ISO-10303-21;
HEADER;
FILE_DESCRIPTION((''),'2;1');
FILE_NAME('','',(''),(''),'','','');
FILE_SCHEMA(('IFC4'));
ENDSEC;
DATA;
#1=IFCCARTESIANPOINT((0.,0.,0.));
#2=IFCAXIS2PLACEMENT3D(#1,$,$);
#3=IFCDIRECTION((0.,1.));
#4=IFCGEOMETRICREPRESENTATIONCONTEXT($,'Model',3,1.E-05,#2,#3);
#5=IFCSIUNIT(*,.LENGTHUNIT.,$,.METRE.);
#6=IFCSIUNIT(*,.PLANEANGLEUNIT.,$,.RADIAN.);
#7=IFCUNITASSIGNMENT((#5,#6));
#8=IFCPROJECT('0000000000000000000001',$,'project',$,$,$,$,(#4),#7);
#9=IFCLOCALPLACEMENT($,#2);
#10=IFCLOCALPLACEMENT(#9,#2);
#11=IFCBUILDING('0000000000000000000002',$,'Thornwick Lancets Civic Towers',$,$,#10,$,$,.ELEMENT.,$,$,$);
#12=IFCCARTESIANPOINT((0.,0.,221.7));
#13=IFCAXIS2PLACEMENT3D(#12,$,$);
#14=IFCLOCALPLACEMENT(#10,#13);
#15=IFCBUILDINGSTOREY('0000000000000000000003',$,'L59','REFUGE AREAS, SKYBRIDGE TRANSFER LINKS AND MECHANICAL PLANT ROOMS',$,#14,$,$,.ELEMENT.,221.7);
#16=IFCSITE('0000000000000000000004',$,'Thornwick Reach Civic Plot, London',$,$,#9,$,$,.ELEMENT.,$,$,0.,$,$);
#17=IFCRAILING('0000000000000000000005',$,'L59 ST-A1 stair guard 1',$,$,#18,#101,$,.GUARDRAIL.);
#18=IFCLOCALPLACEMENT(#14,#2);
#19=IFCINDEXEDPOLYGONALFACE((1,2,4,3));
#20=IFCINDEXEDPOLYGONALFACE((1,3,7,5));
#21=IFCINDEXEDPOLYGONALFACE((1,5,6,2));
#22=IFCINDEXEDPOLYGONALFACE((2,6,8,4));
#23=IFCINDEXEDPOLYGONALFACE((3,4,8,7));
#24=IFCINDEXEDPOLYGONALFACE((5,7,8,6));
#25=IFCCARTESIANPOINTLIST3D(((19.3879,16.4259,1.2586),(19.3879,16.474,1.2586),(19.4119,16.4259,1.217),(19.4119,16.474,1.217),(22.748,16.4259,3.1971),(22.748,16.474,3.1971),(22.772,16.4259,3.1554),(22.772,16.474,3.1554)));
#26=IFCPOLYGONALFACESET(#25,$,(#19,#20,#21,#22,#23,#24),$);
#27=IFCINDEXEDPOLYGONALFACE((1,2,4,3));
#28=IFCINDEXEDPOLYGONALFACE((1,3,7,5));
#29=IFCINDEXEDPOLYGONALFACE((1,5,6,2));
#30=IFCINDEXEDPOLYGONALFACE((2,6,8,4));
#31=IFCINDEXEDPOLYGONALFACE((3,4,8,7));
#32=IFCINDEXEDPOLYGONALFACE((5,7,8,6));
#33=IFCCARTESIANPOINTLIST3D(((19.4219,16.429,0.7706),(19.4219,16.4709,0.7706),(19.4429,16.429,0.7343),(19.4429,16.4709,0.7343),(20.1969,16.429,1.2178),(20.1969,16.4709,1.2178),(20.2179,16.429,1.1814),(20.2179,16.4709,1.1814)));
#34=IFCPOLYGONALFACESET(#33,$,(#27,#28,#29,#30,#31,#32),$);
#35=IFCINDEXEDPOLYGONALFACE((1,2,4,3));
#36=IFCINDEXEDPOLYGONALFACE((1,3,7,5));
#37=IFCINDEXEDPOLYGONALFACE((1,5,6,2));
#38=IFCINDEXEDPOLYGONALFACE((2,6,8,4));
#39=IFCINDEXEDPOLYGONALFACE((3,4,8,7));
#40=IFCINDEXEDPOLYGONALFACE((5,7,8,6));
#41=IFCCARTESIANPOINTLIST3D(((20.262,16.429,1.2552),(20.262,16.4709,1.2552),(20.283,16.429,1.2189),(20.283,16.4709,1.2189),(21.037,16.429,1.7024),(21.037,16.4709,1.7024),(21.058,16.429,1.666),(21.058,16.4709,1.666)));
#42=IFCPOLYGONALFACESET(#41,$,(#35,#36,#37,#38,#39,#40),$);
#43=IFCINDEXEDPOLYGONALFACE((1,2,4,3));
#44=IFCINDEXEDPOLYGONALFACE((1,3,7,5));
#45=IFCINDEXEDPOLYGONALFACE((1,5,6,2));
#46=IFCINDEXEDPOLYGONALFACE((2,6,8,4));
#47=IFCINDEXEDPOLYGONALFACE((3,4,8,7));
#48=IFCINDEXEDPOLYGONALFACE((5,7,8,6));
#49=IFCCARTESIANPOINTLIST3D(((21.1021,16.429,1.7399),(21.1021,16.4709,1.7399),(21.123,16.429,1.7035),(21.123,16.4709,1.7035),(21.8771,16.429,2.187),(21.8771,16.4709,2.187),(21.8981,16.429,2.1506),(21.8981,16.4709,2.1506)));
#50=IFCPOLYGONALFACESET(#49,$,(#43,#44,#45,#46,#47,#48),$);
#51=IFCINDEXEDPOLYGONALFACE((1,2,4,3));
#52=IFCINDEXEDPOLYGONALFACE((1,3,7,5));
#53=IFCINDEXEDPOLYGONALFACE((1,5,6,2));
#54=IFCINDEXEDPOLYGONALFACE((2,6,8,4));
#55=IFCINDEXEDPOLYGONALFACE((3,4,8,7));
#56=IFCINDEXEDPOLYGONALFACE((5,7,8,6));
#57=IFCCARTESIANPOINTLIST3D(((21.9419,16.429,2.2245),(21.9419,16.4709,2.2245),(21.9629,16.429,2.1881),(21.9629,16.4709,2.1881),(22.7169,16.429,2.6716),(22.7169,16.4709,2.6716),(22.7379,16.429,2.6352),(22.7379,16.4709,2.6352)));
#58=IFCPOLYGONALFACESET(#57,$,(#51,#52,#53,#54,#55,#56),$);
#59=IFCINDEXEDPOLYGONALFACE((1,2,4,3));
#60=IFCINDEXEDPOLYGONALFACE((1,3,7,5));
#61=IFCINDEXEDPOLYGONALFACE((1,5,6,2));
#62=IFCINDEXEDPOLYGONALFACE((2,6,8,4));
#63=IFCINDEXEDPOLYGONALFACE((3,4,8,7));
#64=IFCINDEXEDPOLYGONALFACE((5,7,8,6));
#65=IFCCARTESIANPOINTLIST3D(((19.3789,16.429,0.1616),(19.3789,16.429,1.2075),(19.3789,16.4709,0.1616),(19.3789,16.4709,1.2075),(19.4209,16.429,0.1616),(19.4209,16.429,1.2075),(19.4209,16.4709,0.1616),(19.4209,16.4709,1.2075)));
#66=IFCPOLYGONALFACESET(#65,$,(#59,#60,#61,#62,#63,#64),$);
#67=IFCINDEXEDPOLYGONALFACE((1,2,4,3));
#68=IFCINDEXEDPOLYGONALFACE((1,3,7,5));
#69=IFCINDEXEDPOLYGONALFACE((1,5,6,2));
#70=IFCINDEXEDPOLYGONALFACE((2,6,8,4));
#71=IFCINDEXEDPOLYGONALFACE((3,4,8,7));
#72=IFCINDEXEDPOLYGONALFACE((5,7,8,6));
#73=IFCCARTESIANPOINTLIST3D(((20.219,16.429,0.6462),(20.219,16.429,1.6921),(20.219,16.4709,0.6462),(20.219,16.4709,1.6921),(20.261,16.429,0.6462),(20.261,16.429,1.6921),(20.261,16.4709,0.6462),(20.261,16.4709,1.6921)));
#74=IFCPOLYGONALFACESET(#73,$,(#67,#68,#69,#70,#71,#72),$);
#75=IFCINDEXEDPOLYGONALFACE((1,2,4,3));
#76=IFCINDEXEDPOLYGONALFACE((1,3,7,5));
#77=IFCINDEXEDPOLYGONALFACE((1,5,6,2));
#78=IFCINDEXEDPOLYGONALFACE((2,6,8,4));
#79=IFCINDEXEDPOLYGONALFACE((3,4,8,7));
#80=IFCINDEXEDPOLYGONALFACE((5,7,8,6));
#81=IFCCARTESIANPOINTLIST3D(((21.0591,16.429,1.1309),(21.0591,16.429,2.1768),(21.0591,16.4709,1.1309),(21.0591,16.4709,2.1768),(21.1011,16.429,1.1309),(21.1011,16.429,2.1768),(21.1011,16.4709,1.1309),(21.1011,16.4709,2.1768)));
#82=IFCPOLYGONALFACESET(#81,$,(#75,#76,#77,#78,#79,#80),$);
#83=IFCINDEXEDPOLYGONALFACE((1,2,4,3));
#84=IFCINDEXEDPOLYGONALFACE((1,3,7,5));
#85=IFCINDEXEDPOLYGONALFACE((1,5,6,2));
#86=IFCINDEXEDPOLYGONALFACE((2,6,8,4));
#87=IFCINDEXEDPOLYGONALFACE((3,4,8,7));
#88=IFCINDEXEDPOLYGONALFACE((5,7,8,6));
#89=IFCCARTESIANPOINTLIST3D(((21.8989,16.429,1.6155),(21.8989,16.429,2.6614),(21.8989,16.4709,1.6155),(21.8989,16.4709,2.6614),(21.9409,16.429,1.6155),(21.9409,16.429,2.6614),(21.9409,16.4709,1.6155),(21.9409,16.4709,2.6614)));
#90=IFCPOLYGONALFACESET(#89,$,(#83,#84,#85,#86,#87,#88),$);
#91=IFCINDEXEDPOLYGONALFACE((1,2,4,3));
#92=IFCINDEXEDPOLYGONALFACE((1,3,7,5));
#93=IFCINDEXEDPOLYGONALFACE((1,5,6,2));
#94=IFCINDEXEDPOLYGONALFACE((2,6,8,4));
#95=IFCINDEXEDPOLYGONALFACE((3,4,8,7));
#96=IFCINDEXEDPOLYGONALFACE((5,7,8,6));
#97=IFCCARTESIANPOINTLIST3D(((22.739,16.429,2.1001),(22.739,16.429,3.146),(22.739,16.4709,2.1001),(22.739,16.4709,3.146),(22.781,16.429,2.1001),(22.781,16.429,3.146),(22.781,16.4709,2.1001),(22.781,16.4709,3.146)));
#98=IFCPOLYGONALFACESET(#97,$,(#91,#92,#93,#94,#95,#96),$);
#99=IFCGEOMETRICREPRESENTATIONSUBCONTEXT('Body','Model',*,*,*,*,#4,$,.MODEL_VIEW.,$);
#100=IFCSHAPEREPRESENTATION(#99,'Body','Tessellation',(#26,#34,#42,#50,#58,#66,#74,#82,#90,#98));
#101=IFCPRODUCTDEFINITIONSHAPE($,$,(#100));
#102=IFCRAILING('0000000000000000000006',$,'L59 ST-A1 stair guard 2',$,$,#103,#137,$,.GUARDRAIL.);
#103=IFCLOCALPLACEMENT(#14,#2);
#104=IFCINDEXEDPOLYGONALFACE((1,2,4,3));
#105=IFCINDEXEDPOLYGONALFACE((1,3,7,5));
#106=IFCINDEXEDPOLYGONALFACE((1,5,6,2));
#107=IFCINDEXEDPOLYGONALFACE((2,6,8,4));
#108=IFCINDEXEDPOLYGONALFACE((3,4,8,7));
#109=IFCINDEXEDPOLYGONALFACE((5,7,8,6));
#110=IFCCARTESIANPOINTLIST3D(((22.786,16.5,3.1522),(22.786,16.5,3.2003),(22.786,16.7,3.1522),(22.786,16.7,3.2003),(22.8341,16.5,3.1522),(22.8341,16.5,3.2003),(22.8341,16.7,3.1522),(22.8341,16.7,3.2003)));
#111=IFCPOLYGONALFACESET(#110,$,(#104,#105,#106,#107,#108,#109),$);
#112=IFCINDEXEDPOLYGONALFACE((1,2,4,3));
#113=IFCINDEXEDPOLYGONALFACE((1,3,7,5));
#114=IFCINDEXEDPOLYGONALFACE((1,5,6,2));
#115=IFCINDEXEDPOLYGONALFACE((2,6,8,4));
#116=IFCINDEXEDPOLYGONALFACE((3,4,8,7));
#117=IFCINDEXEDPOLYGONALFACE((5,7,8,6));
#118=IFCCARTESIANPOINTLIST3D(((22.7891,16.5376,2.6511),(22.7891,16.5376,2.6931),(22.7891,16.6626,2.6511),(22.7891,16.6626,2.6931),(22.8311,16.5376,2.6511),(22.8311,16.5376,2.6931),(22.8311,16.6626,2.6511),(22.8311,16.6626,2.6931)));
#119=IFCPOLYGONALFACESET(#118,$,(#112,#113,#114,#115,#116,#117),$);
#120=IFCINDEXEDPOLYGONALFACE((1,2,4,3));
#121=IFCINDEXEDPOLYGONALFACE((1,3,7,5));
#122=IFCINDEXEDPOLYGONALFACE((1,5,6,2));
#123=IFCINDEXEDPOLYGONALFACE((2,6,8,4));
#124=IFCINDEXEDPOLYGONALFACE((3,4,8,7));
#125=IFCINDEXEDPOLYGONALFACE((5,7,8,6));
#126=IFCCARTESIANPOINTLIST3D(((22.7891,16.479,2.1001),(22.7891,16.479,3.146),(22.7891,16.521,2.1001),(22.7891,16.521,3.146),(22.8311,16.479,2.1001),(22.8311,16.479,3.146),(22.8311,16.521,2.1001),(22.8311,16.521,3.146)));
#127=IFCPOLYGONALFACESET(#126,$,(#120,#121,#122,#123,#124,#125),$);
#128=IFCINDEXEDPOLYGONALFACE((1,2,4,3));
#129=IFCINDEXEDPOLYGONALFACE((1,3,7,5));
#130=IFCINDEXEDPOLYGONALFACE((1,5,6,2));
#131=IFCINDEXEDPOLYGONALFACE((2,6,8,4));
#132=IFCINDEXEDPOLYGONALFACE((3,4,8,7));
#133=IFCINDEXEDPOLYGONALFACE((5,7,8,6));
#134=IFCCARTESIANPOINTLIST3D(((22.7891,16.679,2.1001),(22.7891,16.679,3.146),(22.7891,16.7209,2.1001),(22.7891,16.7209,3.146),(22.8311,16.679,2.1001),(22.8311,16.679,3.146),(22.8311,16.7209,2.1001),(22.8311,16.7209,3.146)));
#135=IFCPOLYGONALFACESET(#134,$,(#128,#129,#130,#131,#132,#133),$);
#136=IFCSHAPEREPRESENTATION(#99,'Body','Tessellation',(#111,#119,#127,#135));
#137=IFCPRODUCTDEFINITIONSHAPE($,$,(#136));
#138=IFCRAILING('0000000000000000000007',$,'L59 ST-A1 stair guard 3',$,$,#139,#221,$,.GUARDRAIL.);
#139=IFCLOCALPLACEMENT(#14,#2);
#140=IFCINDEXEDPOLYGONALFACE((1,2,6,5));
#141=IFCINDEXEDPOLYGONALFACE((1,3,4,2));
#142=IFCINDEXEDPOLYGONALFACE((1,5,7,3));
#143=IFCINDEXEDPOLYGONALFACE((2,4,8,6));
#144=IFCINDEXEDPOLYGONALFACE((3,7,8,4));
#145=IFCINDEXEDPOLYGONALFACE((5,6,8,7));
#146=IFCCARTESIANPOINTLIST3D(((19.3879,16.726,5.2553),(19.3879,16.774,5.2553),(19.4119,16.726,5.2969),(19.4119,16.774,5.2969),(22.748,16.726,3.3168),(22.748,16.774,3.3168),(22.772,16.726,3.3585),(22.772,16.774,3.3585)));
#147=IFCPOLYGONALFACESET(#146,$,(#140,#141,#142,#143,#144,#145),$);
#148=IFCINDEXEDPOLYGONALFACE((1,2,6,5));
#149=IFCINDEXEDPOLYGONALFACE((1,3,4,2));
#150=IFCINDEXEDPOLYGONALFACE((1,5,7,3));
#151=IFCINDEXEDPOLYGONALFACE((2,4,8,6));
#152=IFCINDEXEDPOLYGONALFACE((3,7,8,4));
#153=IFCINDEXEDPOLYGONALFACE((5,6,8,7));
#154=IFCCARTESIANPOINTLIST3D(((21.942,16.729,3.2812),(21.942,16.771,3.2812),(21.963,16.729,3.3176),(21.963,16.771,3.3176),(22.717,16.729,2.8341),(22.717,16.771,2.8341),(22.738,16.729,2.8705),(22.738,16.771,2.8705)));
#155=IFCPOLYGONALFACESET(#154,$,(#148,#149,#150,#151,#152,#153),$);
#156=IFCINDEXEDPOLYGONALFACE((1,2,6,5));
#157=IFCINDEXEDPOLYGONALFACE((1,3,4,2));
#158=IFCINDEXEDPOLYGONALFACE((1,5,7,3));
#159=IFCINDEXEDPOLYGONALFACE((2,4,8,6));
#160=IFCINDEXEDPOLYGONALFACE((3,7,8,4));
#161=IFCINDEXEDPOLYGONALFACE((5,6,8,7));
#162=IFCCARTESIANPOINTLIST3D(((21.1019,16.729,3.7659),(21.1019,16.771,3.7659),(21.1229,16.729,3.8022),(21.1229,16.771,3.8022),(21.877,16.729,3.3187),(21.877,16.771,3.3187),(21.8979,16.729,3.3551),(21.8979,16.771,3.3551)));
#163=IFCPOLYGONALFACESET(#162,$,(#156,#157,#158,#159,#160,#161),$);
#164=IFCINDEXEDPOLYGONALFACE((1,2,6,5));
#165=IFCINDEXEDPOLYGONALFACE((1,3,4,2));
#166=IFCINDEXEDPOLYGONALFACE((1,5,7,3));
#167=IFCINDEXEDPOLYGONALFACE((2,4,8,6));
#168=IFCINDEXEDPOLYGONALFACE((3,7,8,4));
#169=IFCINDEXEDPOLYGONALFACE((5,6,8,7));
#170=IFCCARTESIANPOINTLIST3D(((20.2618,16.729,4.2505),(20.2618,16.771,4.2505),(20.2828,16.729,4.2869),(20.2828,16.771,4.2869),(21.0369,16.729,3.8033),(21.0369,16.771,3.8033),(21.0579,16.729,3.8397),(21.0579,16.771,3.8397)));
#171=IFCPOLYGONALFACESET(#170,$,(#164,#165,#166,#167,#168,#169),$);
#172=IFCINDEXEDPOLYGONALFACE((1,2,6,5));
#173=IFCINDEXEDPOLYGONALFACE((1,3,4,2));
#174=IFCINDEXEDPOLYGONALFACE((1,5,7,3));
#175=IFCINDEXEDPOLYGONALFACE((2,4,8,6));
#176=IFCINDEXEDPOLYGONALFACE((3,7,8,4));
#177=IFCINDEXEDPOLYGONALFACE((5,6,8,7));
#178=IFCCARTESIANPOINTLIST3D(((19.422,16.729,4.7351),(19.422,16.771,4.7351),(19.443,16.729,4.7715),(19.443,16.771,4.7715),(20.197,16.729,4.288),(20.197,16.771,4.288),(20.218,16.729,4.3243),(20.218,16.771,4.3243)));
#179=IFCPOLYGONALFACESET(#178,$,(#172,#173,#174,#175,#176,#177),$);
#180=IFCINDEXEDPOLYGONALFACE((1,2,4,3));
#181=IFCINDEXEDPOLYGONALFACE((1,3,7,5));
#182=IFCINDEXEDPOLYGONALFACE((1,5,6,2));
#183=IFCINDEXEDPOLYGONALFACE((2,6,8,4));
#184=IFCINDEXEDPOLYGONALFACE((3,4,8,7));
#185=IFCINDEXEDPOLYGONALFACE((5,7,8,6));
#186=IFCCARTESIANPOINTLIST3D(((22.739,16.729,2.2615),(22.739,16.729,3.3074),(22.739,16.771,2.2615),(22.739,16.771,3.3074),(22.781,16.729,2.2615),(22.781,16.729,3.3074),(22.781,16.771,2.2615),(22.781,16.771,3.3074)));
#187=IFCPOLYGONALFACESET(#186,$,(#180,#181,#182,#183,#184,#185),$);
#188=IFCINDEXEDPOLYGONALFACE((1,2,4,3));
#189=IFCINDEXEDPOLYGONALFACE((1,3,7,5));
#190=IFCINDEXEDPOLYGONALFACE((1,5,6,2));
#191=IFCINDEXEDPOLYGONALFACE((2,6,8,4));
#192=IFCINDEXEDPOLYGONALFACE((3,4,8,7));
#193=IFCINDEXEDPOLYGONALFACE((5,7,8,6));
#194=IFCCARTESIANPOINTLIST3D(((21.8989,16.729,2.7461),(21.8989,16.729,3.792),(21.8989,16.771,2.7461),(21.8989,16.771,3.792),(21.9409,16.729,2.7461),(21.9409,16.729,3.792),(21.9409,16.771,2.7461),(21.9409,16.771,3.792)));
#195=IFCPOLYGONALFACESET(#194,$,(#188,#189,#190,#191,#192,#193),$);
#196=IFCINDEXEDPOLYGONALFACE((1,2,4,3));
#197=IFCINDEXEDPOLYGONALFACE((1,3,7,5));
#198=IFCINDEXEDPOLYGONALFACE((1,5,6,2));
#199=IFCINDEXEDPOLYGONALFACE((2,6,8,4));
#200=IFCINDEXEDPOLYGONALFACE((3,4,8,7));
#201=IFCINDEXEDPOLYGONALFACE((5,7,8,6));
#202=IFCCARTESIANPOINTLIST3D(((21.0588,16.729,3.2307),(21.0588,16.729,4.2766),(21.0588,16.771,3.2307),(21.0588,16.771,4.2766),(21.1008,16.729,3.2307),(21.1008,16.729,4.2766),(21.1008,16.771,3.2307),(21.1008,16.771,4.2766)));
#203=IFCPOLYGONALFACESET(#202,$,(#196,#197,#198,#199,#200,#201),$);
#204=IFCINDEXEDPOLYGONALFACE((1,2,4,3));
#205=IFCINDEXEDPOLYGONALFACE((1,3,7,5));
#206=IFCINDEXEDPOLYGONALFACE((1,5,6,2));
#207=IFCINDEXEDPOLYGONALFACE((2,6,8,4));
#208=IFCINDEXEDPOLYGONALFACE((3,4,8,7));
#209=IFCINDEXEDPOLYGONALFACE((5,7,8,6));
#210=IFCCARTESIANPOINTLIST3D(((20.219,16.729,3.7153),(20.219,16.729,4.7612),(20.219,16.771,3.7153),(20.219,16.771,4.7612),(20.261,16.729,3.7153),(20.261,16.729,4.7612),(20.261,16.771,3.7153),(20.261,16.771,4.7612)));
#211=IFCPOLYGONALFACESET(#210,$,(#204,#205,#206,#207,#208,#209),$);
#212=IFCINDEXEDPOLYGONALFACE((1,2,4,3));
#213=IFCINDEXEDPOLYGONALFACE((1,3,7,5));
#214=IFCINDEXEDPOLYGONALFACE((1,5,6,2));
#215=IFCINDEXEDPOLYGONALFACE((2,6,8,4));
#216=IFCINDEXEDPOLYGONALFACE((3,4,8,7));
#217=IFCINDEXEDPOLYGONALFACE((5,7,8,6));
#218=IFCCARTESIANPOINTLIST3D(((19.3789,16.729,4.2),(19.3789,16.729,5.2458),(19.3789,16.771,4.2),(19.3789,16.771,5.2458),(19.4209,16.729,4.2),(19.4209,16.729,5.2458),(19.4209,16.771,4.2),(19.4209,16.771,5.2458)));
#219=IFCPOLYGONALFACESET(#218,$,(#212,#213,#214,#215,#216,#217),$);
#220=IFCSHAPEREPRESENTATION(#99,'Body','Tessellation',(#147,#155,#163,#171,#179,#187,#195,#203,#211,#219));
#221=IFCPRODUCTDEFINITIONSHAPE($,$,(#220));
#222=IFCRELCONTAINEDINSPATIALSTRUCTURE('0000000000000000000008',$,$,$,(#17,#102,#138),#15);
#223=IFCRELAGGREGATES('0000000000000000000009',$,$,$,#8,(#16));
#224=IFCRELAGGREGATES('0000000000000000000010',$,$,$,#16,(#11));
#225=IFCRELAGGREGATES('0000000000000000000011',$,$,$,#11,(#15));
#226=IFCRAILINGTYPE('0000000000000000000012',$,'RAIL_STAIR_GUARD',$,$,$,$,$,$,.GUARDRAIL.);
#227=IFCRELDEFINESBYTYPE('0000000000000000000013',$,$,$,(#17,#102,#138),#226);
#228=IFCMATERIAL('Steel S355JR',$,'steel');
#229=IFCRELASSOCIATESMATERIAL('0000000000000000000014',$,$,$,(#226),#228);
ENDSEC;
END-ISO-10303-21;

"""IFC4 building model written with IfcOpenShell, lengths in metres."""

from ifc_helpers import new_model, si_unit, direction, frame, origin, origin_2d, place, context, subcontext, project, spatial, rectangle, extrude, material, type_object, element, save


model = new_model("IFC4")

# Units and contexts
model_context = context("Model", 3, precision=1e-05, world=origin(), true_north=direction((0.0, 1.0)))
body_context = subcontext(model_context, "Body", "Model", "MODEL_VIEW")
ifc_project = project(units=[si_unit("LENGTHUNIT", "METRE"), si_unit("PLANEANGLEUNIT", "RADIAN")], contexts=[model_context])

# Site, building, storey
site_placement = place(None, origin())
site = spatial("IfcSite", under=ifc_project, at=site_placement, Name="Thornwick Reach Civic Plot, London", CompositionType="ELEMENT", RefElevation=0.0)
building_placement = place(site_placement, origin())
building = spatial("IfcBuilding", under=site, at=building_placement, Name="Thornwick Lancets Civic Towers", CompositionType="ELEMENT")
storey_placement = place(building_placement, frame((0.0, 0.0, 221.7)))
storey = spatial("IfcBuildingStorey", under=building, at=storey_placement, Name="L59", Description="REFUGE AREAS, SKYBRIDGE TRANSFER LINKS AND MECHANICAL PLANT ROOMS", CompositionType="ELEMENT", Elevation=221.7)

# Shared definitions
ifc_material_1 = material(Name="Steel S355JR", Category="steel")

# Railings
railing_type_1 = type_object("IfcRailingType", Name="RAIL_STAIR_GUARD", PredefinedType="GUARDRAIL", material=ifc_material_1)
railing_1_placement = place(storey_placement, frame((19.3999, 16.45, 0.1616)))
element("IfcRailing", 1, at=railing_1_placement, inside=storey, type_object=railing_type_1, Name="L59 ST-A1 stair guard 1", PredefinedType="GUARDRAIL", context=body_context, shape_type="SweptSolid", body=[
    extrude(rectangle(XDim=0.0481, YDim=0.0481, at=origin_2d()), frame((0.0, 0.0, 1.0762), z_axis=(0.866191, 0.0, 0.499713), x_axis=(0.0, 1.0, 0.0)), (0.0, 0.0, 1.0), 3.8792),
    extrude(rectangle(XDim=0.042, YDim=0.042, at=origin_2d()), frame((0.0325, 0.0, 0.5908), z_axis=(0.866191, 0.0, 0.499713), x_axis=(0.0, 1.0, 0.0)), (0.0, 0.0, 1.0), 0.8948),
    extrude(rectangle(XDim=0.042, YDim=0.042, at=origin_2d()), frame((0.8726, 0.0, 1.0754), z_axis=(0.866191, 0.0, 0.499713), x_axis=(0.0, 1.0, 0.0)), (0.0, 0.0, 1.0), 0.8948),
    extrude(rectangle(XDim=0.042, YDim=0.042, at=origin_2d()), frame((1.7126, 0.0, 1.5601), z_axis=(0.866191, 0.0, 0.499713), x_axis=(0.0, 1.0, 0.0)), (0.0, 0.0, 1.0), 0.8948),
    extrude(rectangle(XDim=0.042, YDim=0.042, at=origin_2d()), frame((2.5525, 0.0, 2.0447), z_axis=(0.866191, 0.0, 0.499713), x_axis=(0.0, 1.0, 0.0)), (0.0, 0.0, 1.0), 0.8948),
    extrude(rectangle(XDim=0.042, YDim=0.042, at=origin_2d()), origin(), (0.0, 0.0, 1.0), 1.0459),
    extrude(rectangle(XDim=0.042, YDim=0.042, at=origin_2d()), frame((0.8401, 0.0, 0.4846)), (0.0, 0.0, 1.0), 1.0459),
    extrude(rectangle(XDim=0.042, YDim=0.042, at=origin_2d()), frame((1.6802, 0.0, 0.9692)), (0.0, 0.0, 1.0), 1.0459),
    extrude(rectangle(XDim=0.042, YDim=0.042, at=origin_2d()), frame((2.52, 0.0, 1.4539)), (0.0, 0.0, 1.0), 1.0459),
    extrude(rectangle(XDim=0.042, YDim=0.042, at=origin_2d()), frame((3.3601, 0.0, 1.9385)), (0.0, 0.0, 1.0), 1.0459),
])
railing_2_placement = place(storey_placement, frame((22.8101, 16.5, 2.1001)))
element("IfcRailing", 2, at=railing_2_placement, inside=storey, type_object=railing_type_1, Name="L59 ST-A1 stair guard 2", PredefinedType="GUARDRAIL", context=body_context, shape_type="SweptSolid", body=[
    extrude(rectangle(XDim=0.0481, YDim=0.0481, at=origin_2d()), frame((0.0, 0.0, 1.0762), z_axis=(0.0, 1.0, 0.0), x_axis=(-1.0, 0.0, 0.0)), (0.0, 0.0, 1.0), 0.2),
    extrude(rectangle(XDim=0.042, YDim=0.042, at=origin_2d()), frame((0.0, 0.0376, 0.572), z_axis=(0.0, 1.0, 0.0), x_axis=(-1.0, 0.0, 0.0)), (0.0, 0.0, 1.0), 0.125),
    extrude(rectangle(XDim=0.042, YDim=0.042, at=origin_2d()), origin(), (0.0, 0.0, 1.0), 1.0459),
    extrude(rectangle(XDim=0.042, YDim=0.042, at=origin_2d()), frame((0.0, 0.2, 0.0)), (0.0, 0.0, 1.0), 1.0459),
])
railing_3_placement = place(storey_placement, frame((22.76, 16.75, 2.2615)))
element("IfcRailing", 3, at=railing_3_placement, inside=storey, type_object=railing_type_1, Name="L59 ST-A1 stair guard 3", PredefinedType="GUARDRAIL", context=body_context, shape_type="SweptSolid", body=[
    extrude(rectangle(XDim=0.0481, YDim=0.0481, at=origin_2d()), frame((0.0, 0.0, 1.0762), z_axis=(-0.866191, 0.0, 0.499713), x_axis=(0.0, -1.0, 0.0)), (0.0, 0.0, 1.0), 3.8792),
    extrude(rectangle(XDim=0.042, YDim=0.042, at=origin_2d()), frame((-0.0325, 0.0, 0.5908), z_axis=(-0.866191, 0.0, 0.499713), x_axis=(0.0, -1.0, 0.0)), (0.0, 0.0, 1.0), 0.8948),
    extrude(rectangle(XDim=0.042, YDim=0.042, at=origin_2d()), frame((-0.8726, 0.0, 1.0754), z_axis=(-0.866191, 0.0, 0.499713), x_axis=(0.0, -1.0, 0.0)), (0.0, 0.0, 1.0), 0.8948),
    extrude(rectangle(XDim=0.042, YDim=0.042, at=origin_2d()), frame((-1.7126, 0.0, 1.5601), z_axis=(-0.866191, 0.0, 0.499713), x_axis=(0.0, -1.0, 0.0)), (0.0, 0.0, 1.0), 0.8948),
    extrude(rectangle(XDim=0.042, YDim=0.042, at=origin_2d()), frame((-2.5525, 0.0, 2.0447), z_axis=(-0.866191, 0.0, 0.499713), x_axis=(0.0, -1.0, 0.0)), (0.0, 0.0, 1.0), 0.8948),
    extrude(rectangle(XDim=0.042, YDim=0.042, at=origin_2d()), origin(), (0.0, 0.0, 1.0), 1.0459),
    extrude(rectangle(XDim=0.042, YDim=0.042, at=origin_2d()), frame((-0.8401, 0.0, 0.4846)), (0.0, 0.0, 1.0), 1.0459),
    extrude(rectangle(XDim=0.042, YDim=0.042, at=origin_2d()), frame((-1.6802, 0.0, 0.9692)), (0.0, 0.0, 1.0), 1.0459),
    extrude(rectangle(XDim=0.042, YDim=0.042, at=origin_2d()), frame((-2.52, 0.0, 1.4539)), (0.0, 0.0, 1.0), 1.0459),
    extrude(rectangle(XDim=0.042, YDim=0.042, at=origin_2d()), frame((-3.3601, 0.0, 1.9385)), (0.0, 0.0, 1.0), 1.0459),
])

save(model, "model.ifc")
